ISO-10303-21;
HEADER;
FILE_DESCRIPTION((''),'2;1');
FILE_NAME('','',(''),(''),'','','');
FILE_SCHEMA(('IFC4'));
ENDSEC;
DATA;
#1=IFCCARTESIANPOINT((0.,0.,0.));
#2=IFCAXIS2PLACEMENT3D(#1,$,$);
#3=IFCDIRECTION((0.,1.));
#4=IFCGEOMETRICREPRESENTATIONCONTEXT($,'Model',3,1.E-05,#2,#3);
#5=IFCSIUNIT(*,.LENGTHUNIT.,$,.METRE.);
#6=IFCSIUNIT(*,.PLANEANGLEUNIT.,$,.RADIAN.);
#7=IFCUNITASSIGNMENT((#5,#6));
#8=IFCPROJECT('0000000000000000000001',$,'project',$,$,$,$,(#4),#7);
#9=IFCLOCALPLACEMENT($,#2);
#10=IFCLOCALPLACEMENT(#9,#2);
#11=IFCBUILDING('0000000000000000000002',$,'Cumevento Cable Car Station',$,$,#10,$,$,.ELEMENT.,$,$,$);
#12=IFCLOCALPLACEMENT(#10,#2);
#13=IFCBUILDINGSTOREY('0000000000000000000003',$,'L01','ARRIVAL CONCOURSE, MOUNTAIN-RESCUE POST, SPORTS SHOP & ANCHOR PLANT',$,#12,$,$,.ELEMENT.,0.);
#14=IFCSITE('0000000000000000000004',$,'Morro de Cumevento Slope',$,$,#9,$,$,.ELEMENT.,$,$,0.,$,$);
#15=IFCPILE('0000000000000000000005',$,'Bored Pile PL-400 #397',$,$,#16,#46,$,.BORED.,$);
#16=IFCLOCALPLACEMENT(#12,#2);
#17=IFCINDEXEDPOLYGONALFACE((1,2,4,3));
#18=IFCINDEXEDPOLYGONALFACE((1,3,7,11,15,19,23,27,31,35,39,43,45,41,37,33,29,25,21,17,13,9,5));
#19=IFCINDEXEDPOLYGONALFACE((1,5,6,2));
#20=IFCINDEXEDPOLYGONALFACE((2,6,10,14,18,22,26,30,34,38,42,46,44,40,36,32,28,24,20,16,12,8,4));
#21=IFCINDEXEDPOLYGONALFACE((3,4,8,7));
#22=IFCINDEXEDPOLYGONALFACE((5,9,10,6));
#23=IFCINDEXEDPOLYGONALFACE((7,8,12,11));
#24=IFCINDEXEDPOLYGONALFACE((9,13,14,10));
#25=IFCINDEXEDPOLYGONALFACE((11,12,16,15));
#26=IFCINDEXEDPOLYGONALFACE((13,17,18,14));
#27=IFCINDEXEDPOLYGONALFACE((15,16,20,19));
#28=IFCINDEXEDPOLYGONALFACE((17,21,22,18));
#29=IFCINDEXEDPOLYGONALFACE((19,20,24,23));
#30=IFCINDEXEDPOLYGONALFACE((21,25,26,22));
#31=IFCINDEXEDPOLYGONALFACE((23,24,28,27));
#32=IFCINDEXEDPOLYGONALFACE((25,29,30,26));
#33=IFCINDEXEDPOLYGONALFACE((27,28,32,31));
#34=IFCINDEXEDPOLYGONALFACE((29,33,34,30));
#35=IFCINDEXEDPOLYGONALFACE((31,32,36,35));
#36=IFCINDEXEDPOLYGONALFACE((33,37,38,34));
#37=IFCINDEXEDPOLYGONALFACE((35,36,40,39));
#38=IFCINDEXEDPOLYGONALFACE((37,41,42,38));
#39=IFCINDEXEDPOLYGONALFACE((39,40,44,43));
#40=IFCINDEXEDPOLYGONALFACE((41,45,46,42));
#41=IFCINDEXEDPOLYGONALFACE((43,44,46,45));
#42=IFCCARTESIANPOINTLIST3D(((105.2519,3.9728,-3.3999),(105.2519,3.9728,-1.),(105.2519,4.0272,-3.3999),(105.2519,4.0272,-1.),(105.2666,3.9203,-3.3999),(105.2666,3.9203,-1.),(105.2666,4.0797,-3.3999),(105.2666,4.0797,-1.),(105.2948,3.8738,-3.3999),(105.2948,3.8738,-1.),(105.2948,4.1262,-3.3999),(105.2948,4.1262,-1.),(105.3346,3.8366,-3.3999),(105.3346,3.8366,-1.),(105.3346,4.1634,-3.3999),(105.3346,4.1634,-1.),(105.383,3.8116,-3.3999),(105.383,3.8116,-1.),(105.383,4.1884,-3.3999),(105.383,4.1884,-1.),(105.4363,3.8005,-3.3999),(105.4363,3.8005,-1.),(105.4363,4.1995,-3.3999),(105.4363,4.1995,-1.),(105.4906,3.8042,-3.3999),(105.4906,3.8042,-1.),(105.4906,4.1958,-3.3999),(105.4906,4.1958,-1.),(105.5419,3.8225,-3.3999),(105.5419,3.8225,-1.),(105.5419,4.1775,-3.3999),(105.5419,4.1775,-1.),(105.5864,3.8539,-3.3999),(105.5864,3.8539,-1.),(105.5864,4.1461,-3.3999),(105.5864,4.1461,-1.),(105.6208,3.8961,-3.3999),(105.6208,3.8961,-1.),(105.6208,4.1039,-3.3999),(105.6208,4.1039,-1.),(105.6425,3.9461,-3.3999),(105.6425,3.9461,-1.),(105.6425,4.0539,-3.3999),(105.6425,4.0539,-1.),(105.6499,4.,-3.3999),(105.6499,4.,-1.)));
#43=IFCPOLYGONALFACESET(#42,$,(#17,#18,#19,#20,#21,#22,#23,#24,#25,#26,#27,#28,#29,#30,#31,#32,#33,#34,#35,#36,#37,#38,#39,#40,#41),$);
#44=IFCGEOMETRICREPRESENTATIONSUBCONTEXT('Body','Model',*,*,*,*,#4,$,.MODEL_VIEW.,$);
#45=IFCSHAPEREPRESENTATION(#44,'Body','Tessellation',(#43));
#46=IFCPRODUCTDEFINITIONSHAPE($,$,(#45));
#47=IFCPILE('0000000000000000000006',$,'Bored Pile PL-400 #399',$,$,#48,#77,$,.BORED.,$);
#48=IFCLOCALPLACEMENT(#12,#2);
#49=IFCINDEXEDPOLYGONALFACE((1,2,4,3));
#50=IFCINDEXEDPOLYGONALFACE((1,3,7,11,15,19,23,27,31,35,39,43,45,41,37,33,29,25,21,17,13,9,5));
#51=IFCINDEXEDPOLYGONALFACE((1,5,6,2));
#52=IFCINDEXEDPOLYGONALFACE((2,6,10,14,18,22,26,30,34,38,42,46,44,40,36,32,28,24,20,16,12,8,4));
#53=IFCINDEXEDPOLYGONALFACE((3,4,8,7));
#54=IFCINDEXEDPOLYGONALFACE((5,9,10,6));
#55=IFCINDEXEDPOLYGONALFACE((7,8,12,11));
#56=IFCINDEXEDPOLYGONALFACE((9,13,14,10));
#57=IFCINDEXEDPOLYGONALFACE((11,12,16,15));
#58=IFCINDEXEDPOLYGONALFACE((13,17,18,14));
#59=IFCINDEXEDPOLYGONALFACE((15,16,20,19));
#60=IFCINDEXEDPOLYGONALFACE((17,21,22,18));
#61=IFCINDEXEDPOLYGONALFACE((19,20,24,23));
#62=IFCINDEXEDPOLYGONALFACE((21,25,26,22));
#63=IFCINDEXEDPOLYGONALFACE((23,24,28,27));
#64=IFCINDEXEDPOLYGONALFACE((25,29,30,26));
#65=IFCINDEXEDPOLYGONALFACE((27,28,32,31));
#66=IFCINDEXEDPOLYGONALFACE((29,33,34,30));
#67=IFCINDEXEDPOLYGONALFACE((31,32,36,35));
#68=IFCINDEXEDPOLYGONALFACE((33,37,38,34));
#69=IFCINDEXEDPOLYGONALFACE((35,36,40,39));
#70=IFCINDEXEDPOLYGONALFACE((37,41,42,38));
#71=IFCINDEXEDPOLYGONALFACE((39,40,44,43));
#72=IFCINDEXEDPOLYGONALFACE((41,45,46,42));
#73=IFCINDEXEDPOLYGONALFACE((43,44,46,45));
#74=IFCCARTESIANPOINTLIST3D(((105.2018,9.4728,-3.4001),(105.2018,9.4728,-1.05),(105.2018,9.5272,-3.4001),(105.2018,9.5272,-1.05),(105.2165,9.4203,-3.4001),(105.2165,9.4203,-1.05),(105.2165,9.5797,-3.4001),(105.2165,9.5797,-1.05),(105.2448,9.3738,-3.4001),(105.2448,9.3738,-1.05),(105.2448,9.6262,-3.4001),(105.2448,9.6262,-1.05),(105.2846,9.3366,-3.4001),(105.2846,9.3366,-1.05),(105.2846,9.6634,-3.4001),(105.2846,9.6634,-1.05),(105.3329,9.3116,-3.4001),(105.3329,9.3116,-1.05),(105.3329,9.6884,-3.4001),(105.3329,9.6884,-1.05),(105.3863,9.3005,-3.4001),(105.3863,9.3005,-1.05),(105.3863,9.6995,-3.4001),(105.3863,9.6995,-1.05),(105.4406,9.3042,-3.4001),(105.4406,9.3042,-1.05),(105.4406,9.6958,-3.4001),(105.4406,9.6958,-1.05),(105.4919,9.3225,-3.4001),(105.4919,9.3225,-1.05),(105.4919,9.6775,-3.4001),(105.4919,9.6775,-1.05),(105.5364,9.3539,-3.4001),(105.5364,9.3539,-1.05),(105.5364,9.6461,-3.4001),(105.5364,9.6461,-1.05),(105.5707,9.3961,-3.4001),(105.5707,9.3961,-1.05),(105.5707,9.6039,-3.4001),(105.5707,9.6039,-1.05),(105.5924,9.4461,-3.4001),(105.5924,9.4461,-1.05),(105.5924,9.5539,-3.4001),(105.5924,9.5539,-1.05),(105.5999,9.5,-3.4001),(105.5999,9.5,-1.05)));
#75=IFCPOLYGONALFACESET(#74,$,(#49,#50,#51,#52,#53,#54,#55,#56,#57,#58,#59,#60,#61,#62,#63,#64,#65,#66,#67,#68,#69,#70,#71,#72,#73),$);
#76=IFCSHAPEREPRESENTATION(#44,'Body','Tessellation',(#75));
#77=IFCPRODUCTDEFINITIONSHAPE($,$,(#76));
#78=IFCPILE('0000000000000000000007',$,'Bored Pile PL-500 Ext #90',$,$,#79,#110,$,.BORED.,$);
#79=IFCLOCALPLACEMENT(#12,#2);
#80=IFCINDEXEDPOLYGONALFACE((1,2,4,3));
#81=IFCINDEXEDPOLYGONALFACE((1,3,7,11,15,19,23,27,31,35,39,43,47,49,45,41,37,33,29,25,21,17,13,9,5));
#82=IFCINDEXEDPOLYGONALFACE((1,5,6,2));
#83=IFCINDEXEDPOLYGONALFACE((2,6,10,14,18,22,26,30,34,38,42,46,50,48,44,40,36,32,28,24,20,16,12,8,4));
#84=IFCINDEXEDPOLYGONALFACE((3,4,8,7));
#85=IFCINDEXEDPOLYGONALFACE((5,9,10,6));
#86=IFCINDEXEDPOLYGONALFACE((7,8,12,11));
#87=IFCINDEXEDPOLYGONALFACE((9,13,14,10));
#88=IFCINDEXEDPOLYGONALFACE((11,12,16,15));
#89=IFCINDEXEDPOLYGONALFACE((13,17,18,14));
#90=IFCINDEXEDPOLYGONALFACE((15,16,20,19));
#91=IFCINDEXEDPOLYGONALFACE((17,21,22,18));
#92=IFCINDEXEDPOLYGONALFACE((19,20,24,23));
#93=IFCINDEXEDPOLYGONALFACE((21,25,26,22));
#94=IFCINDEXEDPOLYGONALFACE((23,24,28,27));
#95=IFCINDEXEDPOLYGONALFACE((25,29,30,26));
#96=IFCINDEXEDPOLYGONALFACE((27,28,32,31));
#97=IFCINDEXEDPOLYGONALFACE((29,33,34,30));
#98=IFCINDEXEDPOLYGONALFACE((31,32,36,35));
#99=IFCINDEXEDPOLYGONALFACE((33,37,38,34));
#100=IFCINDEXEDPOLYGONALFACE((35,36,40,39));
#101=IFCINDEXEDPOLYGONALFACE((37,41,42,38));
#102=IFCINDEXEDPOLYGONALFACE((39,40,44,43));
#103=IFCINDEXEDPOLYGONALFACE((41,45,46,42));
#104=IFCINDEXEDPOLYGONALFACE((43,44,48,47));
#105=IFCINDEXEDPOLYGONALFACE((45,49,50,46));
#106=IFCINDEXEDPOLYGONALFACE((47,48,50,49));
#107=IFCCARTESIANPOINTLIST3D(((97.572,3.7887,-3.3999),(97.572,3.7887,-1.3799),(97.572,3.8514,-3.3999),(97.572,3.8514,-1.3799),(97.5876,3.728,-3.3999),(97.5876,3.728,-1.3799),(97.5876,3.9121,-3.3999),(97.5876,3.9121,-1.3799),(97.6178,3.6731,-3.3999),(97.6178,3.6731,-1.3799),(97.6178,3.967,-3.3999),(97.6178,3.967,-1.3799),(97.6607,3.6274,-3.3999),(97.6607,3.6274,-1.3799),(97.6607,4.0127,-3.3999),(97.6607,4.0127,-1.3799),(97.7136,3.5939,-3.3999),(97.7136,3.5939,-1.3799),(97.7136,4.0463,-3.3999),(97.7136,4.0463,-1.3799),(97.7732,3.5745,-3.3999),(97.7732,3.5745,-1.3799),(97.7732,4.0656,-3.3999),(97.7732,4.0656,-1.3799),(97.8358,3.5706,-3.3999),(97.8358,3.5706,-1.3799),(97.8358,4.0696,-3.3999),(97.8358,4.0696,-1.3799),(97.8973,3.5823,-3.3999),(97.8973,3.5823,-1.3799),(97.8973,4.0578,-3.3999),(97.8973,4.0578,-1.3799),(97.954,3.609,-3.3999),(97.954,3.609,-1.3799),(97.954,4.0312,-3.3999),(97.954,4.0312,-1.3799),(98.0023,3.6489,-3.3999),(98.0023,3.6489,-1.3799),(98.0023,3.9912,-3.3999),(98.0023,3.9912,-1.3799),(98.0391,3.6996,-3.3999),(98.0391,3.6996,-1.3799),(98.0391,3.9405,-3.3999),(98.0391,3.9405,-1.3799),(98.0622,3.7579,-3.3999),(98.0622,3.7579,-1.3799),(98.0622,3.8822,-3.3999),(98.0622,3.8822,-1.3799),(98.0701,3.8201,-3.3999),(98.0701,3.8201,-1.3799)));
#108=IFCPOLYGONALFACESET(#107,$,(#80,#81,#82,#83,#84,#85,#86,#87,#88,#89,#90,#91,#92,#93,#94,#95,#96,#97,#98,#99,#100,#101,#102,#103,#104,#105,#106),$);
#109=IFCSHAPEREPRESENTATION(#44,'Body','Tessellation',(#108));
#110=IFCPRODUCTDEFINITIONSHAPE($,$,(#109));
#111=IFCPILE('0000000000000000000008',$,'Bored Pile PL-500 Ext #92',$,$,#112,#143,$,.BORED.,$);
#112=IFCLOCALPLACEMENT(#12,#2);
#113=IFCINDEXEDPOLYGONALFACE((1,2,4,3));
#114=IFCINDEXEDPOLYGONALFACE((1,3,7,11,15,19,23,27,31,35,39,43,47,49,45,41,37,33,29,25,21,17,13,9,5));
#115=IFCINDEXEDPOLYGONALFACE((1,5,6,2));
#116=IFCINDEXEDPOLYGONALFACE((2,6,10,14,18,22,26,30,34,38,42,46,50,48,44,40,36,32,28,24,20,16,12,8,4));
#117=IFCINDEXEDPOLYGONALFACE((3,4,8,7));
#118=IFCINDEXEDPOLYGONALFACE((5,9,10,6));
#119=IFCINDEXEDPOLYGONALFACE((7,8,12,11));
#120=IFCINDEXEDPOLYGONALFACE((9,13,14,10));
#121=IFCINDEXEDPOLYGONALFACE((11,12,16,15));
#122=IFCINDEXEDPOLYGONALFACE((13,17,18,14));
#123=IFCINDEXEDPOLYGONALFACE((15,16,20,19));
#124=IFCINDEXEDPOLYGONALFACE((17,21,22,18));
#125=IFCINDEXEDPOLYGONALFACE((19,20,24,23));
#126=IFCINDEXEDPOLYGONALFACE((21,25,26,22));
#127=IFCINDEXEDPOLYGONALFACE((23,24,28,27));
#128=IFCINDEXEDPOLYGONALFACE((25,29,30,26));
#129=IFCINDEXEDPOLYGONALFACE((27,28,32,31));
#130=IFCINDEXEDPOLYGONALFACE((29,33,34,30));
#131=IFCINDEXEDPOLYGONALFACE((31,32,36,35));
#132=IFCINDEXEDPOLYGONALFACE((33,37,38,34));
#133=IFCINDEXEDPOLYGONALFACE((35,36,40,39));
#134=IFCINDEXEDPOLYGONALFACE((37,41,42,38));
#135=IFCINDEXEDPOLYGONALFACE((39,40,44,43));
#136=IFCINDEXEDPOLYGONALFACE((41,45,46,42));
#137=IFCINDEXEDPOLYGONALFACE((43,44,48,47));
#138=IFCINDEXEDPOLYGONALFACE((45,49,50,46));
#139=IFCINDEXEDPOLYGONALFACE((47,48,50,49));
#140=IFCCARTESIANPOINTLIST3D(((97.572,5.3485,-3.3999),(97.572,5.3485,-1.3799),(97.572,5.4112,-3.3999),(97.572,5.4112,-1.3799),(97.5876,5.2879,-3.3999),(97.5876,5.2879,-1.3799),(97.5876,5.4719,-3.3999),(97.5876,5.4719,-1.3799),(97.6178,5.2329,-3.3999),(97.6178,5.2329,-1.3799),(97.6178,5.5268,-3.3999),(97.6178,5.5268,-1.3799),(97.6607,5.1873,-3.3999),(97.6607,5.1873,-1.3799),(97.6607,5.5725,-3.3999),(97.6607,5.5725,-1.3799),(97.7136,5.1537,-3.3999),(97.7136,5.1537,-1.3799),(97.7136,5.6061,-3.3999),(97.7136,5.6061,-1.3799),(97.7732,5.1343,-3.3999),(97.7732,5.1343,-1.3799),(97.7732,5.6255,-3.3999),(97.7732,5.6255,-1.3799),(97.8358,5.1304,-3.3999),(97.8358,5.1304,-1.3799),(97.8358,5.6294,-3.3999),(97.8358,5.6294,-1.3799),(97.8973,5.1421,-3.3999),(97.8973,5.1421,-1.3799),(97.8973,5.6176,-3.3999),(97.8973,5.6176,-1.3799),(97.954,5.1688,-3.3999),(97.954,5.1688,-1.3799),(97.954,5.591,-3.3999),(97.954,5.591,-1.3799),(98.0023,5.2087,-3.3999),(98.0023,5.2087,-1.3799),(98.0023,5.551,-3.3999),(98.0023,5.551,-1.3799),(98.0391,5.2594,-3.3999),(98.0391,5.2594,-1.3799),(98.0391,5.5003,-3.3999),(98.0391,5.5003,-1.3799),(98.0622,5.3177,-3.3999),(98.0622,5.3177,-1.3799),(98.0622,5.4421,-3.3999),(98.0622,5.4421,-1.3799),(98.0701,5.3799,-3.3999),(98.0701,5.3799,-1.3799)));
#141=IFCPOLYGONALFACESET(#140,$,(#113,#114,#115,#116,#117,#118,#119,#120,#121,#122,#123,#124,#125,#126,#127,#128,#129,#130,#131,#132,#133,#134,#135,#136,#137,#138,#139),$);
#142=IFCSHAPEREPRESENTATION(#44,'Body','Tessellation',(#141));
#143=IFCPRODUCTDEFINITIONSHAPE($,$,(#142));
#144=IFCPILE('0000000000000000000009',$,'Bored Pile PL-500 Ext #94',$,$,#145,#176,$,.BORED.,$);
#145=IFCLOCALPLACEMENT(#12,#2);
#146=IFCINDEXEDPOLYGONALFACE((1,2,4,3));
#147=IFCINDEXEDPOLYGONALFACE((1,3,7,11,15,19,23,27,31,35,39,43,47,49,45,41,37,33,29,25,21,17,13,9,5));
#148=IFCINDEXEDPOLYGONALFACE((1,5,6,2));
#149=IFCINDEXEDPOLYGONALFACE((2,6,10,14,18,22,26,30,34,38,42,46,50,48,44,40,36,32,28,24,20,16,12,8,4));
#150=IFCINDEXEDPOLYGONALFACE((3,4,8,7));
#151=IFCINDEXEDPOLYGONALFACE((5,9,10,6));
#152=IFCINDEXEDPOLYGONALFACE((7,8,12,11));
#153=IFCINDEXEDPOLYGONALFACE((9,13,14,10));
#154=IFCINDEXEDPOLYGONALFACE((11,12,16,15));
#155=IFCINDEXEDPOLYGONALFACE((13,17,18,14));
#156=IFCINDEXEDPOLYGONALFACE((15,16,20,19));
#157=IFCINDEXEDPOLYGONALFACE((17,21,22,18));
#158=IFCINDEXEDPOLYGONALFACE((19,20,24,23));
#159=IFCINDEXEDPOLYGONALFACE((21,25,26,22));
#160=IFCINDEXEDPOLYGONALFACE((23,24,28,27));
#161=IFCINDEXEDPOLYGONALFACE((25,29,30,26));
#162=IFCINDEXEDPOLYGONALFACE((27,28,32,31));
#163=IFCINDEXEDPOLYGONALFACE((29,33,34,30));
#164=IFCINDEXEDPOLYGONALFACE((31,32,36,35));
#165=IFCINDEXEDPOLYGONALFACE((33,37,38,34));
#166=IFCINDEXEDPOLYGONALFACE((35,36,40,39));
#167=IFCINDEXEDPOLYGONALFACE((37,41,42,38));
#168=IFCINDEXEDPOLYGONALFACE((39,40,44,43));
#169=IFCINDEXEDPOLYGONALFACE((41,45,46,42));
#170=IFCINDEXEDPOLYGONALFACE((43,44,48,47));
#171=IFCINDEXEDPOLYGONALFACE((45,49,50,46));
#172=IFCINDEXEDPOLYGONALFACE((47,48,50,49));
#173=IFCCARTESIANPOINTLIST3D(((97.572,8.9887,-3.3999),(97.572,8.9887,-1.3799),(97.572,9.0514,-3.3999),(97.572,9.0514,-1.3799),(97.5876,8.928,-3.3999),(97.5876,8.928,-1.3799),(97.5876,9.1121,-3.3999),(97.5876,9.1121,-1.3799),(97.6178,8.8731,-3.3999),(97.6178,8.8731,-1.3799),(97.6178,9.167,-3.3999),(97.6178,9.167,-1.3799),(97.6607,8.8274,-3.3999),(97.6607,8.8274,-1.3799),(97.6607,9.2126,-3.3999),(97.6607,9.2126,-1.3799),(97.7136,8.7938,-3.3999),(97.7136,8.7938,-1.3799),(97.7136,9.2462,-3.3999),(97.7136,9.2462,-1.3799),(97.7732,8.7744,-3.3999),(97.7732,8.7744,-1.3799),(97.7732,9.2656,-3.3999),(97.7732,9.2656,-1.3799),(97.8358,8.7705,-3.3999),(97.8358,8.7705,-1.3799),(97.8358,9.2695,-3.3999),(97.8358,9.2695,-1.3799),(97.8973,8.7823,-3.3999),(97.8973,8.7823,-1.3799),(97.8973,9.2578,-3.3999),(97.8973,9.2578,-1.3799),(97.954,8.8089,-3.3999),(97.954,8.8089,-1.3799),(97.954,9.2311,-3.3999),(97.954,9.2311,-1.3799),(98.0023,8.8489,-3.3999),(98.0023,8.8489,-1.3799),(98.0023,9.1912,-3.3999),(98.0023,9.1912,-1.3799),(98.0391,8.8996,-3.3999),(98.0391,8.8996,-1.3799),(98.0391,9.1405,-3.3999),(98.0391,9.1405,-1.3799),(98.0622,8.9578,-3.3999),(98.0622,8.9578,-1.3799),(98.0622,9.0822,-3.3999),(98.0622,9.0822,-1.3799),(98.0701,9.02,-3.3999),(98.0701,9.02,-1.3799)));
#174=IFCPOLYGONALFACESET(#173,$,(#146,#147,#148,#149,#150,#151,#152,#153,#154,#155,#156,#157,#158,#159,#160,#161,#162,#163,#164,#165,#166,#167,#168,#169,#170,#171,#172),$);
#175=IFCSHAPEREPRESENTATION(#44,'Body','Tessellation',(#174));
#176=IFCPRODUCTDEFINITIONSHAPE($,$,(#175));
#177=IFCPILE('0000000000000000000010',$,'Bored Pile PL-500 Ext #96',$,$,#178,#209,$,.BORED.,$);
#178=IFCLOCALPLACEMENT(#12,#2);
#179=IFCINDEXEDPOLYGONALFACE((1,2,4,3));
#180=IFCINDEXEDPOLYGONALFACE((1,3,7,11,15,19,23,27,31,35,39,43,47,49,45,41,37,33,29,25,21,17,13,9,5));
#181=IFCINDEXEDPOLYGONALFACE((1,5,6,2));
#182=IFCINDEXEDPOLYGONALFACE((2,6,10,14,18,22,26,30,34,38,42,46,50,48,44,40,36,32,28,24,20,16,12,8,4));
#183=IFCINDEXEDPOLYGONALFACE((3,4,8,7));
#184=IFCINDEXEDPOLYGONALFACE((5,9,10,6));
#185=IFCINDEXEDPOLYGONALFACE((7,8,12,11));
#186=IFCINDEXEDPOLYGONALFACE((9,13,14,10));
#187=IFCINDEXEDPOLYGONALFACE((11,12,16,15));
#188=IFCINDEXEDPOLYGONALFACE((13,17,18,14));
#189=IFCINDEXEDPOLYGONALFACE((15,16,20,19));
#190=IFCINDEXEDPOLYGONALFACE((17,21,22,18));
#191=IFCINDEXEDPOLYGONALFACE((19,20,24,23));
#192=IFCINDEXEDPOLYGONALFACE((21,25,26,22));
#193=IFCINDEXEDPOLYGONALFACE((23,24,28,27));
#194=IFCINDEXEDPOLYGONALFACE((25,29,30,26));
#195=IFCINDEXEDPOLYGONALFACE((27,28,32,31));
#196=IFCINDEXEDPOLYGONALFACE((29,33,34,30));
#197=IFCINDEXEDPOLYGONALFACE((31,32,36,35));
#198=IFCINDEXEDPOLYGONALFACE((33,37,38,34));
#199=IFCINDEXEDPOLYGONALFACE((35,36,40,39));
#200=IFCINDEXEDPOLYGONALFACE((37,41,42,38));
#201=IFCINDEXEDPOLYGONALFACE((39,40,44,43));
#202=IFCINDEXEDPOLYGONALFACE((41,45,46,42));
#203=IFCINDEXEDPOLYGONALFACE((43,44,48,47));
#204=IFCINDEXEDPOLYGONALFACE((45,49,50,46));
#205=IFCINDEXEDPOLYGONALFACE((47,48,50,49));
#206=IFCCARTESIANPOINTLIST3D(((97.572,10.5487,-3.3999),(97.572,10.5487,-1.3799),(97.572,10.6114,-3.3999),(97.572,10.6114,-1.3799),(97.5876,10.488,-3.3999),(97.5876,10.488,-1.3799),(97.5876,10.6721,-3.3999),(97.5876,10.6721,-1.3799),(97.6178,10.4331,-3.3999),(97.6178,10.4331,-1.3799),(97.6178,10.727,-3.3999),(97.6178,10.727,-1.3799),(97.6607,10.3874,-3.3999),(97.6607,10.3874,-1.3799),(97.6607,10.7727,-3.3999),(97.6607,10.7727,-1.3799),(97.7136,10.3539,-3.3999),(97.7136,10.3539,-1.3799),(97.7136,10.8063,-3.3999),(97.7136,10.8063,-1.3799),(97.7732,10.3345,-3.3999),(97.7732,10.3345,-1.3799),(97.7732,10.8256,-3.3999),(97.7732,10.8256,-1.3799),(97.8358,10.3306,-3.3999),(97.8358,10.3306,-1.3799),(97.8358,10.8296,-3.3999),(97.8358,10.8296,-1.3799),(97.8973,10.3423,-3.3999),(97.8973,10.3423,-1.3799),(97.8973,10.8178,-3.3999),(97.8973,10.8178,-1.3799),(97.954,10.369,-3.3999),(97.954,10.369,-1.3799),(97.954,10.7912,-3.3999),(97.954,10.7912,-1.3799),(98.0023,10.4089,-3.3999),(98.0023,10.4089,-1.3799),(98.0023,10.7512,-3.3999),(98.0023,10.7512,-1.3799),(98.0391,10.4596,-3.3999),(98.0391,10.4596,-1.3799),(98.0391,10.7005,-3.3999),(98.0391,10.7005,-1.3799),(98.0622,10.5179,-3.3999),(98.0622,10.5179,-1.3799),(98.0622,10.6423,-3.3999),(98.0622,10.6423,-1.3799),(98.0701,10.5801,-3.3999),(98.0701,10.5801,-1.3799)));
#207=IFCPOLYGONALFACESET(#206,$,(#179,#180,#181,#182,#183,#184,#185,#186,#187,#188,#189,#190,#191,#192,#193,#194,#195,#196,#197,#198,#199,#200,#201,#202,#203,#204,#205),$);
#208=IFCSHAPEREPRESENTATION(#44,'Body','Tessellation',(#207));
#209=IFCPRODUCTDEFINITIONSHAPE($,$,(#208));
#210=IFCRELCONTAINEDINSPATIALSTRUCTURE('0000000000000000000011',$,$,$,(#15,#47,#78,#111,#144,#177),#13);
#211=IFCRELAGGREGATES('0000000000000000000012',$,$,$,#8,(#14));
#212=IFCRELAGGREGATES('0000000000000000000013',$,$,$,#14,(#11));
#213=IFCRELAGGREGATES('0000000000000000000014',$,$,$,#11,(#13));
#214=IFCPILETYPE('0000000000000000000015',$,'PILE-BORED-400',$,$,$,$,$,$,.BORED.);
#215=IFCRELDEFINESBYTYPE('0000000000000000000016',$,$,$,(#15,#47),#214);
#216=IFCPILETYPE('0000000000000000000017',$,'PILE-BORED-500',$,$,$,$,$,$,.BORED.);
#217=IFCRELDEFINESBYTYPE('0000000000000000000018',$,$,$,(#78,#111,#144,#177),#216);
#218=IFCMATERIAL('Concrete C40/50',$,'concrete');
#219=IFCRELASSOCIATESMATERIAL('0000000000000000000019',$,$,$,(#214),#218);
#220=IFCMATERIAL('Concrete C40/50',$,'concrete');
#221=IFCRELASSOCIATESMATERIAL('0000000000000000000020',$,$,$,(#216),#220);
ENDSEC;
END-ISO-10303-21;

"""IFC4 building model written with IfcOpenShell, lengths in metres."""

from ifc_helpers import new_model, si_unit, direction, frame, origin, origin_2d, place, context, subcontext, project, spatial, circle, extrude, material, material_profile, profile_set, type_object, element, save


model = new_model("IFC4")

# Units and contexts
model_context = context("Model", 3, precision=1e-05, world=origin(), true_north=direction((0.0, 1.0)))
body_context = subcontext(model_context, "Body", "Model", "MODEL_VIEW")
ifc_project = project(units=[si_unit("LENGTHUNIT", "METRE"), si_unit("PLANEANGLEUNIT", "RADIAN")], contexts=[model_context])

# Site, building, storey
site_placement = place(None, origin())
site = spatial("IfcSite", under=ifc_project, at=site_placement, Name="Morro de Cumevento Slope", CompositionType="ELEMENT", RefElevation=0.0)
building_placement = place(site_placement, origin())
building = spatial("IfcBuilding", under=site, at=building_placement, Name="Cumevento Cable Car Station", CompositionType="ELEMENT")
storey_placement = place(building_placement, origin())
storey = spatial("IfcBuildingStorey", under=building, at=storey_placement, Name="L01", Description="ARRIVAL CONCOURSE, MOUNTAIN-RESCUE POST, SPORTS SHOP & ANCHOR PLANT", CompositionType="ELEMENT", Elevation=0.0)

# Piles
ifc_material_1 = material(Name="Concrete C40/50", Category="concrete")
ifc_material_profile_1 = material_profile(ifc_material_1, circle(Radius=0.2, at=origin_2d()), Name="PILE-D400")
ifc_profile_set_1 = profile_set([ifc_material_profile_1], Name="Concrete C40/50")
pile_type_1 = type_object("IfcPileType", Name="PILE-BORED-400", PredefinedType="BORED", material=ifc_profile_set_1)
pile_1_placement = place(storey_placement, frame((105.45, 4.0, -1.0), z_axis=(0.0, 0.0, -1.0), x_axis=(1.0, 0.0, 0.0)))
element("IfcPile", 1, at=pile_1_placement, inside=storey, type_object=pile_type_1, Name="Bored Pile PL-400 #397", PredefinedType="BORED", context=body_context, shape_type="SweptSolid", body=[
    extrude(circle(Radius=0.2, at=origin_2d()), origin(), (0.0, 0.0, 1.0), 2.3999),
])
pile_2_placement = place(storey_placement, frame((105.3999, 9.5, -1.05), z_axis=(0.0, 0.0, -1.0), x_axis=(1.0, 0.0, 0.0)))
element("IfcPile", 2, at=pile_2_placement, inside=storey, type_object=pile_type_1, Name="Bored Pile PL-400 #399", PredefinedType="BORED", context=body_context, shape_type="SweptSolid", body=[
    extrude(circle(Radius=0.2, at=origin_2d()), origin(), (0.0, 0.0, 1.0), 2.3501),
])
ifc_material_2 = material(Name="Concrete C40/50", Category="concrete")
ifc_material_profile_2 = material_profile(ifc_material_2, circle(Radius=0.25, at=origin_2d()), Name="PILE-D500")
ifc_profile_set_2 = profile_set([ifc_material_profile_2], Name="Concrete C40/50")
pile_type_2 = type_object("IfcPileType", Name="PILE-BORED-500", PredefinedType="BORED", material=ifc_profile_set_2)
for number, where, z_axis, x_axis, name in (
    (3, (97.8201, 3.8201, -1.3799), (0.0, 0.0, -1.0), (1.0, 0.0, 0.0), "Bored Pile PL-500 Ext #90"),
    (4, (97.8201, 5.3799, -1.3799), (0.0, 0.0, -1.0), (1.0, 0.0, 0.0), "Bored Pile PL-500 Ext #92"),
    (5, (97.8201, 9.02, -1.3799), (0.0, 0.0, -1.0), (1.0, 0.0, 0.0), "Bored Pile PL-500 Ext #94"),
    (6, (97.8201, 10.5801, -1.3799), (0.0, 0.0, -1.0), (1.0, 0.0, 0.0), "Bored Pile PL-500 Ext #96"),
):
    element("IfcPile", number, at=place(storey_placement, frame(where, z_axis=z_axis, x_axis=x_axis)), inside=storey, type_object=pile_type_2, Name=name, PredefinedType="BORED", context=body_context, shape_type="SweptSolid", body=[
        extrude(circle(Radius=0.25, at=origin_2d()), origin(), (0.0, 0.0, 1.0), 2.02),
    ])

save(model, "model.ifc")
